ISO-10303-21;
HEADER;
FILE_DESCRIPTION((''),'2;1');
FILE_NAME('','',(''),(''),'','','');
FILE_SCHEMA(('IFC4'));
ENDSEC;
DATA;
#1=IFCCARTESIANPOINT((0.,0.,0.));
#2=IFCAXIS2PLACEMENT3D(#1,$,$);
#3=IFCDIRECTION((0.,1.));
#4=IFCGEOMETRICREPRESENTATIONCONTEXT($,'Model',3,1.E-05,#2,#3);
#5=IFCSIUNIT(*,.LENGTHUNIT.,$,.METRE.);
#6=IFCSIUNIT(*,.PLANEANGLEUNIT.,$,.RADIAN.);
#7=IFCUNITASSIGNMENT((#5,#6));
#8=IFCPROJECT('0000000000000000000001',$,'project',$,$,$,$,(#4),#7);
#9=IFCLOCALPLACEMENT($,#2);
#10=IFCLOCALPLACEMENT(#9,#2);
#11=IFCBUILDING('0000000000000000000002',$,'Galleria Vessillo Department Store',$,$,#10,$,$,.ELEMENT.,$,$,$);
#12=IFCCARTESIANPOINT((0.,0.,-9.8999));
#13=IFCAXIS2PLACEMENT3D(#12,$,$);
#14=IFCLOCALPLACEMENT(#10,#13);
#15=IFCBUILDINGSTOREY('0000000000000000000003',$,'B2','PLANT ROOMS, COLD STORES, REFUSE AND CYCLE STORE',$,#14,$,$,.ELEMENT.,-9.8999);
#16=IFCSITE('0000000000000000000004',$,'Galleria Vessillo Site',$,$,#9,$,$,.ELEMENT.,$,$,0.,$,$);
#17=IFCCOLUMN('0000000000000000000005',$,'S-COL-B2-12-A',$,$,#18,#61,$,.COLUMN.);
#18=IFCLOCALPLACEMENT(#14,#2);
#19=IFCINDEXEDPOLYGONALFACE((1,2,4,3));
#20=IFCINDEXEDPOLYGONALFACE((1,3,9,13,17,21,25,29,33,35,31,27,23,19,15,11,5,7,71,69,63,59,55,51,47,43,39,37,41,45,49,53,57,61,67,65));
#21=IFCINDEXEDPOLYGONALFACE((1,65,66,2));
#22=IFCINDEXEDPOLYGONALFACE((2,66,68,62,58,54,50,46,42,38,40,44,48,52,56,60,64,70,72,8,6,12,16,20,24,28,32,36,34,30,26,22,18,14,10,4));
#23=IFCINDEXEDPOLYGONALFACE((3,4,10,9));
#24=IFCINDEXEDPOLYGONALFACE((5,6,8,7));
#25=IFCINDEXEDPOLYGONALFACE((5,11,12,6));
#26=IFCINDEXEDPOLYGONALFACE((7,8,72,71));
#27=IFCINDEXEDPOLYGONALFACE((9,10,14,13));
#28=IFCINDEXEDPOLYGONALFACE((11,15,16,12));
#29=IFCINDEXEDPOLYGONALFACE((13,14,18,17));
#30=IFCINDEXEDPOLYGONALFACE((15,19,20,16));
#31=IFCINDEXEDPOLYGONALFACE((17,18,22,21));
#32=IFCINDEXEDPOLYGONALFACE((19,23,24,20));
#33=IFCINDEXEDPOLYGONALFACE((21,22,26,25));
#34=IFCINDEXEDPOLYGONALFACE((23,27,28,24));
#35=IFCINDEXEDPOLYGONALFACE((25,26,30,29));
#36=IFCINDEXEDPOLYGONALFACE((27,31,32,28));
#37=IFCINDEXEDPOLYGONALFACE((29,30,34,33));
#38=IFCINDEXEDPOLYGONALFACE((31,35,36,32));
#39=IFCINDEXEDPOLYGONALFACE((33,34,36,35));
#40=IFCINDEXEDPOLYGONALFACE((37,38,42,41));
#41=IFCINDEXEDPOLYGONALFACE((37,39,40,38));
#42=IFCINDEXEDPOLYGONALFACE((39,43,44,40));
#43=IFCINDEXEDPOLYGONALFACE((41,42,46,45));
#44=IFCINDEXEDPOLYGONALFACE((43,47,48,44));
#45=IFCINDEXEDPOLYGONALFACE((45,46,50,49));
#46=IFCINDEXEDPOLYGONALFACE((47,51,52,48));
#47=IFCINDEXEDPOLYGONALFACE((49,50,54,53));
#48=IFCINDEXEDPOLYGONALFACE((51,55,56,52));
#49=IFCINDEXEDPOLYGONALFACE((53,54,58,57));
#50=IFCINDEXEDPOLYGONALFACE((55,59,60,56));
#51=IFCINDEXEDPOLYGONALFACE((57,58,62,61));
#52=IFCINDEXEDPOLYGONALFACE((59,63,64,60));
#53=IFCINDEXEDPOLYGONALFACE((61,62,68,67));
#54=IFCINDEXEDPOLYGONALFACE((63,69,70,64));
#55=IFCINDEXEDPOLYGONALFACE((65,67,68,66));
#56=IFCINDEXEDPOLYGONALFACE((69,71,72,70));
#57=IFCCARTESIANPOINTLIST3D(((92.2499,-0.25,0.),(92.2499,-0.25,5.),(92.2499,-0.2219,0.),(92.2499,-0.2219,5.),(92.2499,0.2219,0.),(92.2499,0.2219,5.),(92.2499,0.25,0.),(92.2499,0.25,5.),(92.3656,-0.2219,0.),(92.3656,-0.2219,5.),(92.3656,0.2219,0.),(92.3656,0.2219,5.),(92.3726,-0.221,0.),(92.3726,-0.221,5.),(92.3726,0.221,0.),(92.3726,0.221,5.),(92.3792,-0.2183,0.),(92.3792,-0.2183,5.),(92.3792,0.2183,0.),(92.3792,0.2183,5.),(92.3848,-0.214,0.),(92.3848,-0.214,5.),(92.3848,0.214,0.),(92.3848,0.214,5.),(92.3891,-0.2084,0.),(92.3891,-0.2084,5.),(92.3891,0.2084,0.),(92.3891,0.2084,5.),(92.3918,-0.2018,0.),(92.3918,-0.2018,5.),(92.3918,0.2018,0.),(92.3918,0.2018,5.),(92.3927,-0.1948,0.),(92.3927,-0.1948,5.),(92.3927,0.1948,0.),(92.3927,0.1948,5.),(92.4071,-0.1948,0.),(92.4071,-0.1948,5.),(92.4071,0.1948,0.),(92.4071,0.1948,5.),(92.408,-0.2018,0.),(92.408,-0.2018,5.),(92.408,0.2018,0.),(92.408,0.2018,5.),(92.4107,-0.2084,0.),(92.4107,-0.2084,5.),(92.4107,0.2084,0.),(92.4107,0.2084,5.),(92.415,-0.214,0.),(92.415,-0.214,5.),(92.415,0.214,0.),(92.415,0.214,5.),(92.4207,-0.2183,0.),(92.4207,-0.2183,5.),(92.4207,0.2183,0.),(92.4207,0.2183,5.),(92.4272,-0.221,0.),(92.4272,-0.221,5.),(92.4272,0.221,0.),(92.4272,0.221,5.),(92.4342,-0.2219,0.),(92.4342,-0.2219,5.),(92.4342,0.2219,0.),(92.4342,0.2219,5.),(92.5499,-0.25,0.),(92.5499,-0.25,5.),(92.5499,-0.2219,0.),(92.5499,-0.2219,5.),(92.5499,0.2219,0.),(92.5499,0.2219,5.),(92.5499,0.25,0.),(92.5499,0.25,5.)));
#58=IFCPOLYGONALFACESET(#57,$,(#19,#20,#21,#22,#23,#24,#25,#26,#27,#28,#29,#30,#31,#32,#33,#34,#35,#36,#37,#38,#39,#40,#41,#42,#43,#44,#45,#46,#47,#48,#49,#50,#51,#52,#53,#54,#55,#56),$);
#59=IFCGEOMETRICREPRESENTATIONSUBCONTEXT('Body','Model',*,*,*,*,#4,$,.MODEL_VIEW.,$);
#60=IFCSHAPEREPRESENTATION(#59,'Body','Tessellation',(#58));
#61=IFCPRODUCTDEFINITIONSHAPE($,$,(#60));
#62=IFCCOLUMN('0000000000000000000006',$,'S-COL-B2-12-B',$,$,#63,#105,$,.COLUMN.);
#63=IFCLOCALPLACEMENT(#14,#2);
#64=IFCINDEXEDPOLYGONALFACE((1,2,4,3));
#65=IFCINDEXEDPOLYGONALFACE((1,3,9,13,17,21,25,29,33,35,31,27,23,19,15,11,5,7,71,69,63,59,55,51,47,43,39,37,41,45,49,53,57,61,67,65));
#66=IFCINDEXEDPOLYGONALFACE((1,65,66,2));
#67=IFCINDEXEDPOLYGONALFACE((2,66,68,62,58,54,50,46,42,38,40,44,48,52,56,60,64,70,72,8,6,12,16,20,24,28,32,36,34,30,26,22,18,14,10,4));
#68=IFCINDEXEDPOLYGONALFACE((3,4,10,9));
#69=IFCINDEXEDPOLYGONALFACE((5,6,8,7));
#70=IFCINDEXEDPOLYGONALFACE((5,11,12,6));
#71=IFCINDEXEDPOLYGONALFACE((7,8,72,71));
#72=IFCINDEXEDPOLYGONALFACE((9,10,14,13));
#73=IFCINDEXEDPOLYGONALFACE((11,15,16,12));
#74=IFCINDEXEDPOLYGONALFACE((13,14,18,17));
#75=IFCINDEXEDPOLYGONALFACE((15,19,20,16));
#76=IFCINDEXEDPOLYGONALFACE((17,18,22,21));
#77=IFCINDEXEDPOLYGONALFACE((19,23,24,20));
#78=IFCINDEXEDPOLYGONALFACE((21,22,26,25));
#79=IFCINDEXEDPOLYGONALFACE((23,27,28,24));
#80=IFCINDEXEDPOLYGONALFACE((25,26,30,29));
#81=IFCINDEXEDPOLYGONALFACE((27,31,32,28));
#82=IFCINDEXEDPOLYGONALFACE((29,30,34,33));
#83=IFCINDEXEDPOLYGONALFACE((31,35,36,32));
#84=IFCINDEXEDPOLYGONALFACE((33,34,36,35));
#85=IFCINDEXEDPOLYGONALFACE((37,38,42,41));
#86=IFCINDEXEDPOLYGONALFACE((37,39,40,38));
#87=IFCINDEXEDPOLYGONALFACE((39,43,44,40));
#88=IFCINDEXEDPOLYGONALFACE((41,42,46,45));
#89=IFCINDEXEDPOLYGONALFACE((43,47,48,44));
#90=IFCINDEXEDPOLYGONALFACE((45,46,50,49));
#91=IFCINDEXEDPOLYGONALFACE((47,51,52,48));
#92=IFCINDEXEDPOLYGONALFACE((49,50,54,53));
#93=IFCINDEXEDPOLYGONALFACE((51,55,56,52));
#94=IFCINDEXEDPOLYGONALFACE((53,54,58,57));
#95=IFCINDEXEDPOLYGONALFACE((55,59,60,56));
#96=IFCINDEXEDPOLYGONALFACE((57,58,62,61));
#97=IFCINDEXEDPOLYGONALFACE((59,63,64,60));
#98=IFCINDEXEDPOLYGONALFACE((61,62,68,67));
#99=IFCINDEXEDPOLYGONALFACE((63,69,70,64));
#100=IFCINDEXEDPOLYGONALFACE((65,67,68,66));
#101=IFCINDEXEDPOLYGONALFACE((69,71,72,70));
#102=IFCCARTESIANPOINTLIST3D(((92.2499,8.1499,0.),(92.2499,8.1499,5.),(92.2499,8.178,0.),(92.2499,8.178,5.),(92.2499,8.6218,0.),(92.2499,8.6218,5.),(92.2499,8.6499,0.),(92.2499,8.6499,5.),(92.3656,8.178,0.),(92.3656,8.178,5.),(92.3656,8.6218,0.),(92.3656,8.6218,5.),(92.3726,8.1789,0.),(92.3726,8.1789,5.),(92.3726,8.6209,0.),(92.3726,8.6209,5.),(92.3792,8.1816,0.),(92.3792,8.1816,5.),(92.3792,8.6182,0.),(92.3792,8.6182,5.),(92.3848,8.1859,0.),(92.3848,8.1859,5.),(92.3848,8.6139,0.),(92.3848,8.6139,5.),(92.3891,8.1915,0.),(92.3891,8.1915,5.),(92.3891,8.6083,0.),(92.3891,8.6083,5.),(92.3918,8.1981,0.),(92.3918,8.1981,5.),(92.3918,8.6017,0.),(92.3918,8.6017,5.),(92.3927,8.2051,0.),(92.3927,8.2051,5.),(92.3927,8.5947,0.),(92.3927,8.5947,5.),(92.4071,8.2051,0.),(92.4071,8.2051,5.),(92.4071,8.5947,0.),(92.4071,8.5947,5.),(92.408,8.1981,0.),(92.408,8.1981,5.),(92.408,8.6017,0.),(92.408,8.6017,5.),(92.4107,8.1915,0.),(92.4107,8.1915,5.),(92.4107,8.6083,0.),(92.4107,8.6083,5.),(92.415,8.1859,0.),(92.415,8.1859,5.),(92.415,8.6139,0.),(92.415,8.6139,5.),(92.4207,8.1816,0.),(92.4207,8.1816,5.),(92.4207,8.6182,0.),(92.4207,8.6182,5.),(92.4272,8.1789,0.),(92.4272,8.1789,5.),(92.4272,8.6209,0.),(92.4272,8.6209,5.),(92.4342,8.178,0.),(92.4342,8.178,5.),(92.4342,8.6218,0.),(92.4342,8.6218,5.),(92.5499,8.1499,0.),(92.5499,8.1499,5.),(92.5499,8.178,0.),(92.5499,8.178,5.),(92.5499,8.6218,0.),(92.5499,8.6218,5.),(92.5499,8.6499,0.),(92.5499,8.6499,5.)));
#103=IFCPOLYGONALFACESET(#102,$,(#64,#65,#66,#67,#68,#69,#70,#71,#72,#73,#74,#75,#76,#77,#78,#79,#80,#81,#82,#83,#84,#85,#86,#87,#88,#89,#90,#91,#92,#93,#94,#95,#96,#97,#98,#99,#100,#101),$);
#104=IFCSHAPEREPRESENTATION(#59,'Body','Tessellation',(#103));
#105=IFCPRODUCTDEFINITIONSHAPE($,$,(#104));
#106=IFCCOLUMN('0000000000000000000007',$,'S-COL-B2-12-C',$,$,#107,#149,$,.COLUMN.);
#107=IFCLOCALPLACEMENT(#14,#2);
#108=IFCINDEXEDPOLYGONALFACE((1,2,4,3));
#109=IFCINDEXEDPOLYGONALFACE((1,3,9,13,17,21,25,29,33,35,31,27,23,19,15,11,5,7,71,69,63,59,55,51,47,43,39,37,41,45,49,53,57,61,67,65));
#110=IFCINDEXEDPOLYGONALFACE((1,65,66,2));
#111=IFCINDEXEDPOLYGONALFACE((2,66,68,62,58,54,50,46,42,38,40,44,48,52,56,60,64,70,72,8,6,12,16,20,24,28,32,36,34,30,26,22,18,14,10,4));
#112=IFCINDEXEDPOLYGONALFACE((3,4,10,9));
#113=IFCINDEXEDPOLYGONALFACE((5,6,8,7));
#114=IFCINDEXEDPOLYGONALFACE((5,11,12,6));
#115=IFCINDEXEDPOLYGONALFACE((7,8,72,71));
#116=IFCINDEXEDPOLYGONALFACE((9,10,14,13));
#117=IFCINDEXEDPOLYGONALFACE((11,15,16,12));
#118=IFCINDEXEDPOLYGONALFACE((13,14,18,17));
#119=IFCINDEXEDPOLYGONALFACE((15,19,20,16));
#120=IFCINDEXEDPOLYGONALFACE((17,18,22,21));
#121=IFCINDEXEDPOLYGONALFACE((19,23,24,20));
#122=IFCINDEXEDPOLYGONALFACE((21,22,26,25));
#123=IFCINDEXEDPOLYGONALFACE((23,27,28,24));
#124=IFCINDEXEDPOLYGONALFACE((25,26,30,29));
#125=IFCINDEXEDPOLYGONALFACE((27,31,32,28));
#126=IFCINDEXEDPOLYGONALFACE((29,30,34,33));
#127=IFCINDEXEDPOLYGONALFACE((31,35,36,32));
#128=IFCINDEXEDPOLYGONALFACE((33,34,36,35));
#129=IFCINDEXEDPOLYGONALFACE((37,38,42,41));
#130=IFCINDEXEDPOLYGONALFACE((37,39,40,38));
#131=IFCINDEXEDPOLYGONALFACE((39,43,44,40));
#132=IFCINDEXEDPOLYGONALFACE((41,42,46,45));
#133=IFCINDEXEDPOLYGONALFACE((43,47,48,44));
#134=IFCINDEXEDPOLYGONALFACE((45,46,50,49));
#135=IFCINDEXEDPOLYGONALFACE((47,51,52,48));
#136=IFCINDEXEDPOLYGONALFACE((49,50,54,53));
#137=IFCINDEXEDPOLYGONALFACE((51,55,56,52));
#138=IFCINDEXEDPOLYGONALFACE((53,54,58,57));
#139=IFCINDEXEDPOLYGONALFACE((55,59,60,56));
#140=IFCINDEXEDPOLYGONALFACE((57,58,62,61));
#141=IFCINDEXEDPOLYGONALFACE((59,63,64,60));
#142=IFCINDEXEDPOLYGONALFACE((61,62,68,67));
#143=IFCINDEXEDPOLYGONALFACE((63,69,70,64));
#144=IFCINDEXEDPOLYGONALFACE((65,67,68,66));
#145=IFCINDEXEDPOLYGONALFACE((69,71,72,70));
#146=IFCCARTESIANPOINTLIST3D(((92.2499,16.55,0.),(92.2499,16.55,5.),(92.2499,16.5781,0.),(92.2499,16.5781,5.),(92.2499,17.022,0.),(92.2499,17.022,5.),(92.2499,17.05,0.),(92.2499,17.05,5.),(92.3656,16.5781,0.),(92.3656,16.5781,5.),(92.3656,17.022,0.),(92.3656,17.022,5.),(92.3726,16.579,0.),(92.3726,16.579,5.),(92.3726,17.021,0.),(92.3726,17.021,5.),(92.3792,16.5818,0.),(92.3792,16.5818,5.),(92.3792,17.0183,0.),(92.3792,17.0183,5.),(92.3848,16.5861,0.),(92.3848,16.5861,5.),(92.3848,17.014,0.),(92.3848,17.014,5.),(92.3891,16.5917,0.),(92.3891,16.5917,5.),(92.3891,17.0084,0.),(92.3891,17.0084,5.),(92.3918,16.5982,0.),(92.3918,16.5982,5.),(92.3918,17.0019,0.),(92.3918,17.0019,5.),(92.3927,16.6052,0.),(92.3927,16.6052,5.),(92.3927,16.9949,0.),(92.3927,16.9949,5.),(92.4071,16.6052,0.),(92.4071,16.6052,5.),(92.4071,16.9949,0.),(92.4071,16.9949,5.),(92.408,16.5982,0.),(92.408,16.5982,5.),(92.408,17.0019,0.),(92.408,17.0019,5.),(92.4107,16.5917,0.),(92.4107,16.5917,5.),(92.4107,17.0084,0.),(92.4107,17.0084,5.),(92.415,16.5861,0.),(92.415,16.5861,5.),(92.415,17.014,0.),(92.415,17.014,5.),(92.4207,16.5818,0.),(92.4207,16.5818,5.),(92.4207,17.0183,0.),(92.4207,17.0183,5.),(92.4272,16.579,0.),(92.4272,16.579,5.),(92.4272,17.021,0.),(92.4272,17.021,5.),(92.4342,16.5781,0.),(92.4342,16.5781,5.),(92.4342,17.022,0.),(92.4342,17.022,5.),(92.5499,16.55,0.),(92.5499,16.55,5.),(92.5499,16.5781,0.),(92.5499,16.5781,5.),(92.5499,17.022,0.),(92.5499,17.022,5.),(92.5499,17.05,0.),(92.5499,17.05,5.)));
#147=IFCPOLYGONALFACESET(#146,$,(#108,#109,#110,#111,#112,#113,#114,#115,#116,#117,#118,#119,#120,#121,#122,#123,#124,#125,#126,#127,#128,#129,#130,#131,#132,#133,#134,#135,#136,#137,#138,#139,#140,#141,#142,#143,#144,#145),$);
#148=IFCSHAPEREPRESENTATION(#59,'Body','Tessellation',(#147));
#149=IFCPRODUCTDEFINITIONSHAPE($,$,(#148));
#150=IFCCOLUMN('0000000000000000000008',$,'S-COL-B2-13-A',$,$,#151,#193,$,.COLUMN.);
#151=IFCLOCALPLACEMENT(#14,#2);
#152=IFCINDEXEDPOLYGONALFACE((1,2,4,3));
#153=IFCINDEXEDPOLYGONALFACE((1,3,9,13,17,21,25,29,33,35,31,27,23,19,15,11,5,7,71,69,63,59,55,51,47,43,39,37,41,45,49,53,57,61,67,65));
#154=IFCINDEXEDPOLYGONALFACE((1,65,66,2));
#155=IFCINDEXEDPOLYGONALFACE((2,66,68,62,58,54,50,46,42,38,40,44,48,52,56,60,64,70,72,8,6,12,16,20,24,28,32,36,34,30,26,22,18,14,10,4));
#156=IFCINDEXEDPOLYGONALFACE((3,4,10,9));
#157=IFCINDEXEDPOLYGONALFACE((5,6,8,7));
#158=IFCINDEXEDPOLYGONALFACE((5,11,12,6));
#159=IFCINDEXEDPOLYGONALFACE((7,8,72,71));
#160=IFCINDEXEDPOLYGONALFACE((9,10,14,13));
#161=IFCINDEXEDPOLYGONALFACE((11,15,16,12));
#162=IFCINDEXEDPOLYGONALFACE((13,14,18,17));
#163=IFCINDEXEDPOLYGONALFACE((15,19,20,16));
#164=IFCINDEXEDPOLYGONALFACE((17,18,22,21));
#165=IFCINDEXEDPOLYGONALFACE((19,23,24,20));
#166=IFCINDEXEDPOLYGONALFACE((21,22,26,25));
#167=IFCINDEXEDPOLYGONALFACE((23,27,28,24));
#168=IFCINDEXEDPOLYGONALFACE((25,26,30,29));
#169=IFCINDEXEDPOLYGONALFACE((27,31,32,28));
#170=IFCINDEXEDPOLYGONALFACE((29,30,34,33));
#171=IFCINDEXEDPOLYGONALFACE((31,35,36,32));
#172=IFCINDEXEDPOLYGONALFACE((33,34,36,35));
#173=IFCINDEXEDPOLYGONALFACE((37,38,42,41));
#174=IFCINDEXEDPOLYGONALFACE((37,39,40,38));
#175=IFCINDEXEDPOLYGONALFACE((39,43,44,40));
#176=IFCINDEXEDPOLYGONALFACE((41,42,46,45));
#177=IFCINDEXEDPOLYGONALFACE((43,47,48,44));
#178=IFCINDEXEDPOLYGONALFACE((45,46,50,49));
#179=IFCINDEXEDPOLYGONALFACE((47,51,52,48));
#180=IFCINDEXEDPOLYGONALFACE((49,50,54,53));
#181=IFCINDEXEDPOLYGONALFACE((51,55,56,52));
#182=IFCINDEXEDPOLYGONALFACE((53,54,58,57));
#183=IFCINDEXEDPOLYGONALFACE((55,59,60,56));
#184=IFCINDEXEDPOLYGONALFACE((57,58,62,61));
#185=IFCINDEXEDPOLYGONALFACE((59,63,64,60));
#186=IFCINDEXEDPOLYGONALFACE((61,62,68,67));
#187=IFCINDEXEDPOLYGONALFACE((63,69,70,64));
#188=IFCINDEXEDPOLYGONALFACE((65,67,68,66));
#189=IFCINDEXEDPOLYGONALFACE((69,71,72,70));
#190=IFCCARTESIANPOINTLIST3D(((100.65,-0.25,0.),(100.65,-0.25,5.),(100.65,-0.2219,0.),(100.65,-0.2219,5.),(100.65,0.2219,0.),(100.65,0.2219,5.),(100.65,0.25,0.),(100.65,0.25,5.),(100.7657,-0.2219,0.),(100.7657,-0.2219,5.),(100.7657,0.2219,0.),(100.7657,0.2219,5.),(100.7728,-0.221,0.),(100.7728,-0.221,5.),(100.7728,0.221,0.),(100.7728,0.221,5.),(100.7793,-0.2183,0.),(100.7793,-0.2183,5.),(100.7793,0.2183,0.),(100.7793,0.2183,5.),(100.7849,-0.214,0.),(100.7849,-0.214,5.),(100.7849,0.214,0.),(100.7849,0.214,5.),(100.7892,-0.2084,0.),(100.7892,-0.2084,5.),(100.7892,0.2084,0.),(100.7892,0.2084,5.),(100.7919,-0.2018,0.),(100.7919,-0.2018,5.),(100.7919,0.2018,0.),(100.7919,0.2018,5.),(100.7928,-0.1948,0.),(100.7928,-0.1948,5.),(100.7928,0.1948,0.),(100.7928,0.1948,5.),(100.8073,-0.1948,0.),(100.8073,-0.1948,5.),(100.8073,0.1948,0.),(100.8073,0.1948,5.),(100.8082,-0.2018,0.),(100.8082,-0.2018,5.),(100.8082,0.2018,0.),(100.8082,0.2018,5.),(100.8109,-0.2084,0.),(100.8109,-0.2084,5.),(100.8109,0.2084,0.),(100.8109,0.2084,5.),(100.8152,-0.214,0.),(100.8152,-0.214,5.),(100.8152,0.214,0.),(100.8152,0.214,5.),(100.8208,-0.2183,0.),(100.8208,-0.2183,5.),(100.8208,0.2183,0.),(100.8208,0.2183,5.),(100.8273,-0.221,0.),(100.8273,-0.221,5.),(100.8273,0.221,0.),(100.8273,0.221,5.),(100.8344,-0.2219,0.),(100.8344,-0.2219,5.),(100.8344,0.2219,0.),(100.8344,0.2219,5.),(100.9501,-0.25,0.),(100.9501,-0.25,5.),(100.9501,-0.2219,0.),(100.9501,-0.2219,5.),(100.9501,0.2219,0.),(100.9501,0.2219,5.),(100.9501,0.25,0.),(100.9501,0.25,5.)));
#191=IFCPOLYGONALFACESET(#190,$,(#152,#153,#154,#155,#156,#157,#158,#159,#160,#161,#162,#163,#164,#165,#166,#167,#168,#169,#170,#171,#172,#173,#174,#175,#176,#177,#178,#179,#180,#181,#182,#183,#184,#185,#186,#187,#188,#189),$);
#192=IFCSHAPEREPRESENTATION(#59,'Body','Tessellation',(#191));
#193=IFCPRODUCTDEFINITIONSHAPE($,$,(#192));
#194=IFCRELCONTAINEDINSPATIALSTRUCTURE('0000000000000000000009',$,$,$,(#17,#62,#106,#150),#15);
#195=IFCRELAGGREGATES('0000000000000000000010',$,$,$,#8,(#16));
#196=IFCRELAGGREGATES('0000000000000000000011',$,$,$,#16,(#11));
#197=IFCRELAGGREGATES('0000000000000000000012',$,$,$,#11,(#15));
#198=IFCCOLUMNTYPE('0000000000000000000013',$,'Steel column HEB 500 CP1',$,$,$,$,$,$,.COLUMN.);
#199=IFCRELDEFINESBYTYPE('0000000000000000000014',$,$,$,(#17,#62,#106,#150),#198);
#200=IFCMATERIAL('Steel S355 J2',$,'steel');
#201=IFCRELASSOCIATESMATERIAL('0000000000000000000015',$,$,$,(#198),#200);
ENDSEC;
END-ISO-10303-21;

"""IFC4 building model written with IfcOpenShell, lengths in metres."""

from ifc_helpers import new_model, si_unit, direction, frame, origin, origin_2d, place, context, subcontext, project, spatial, i_section, extrude, material, material_profile, profile_set, type_object, element, save


model = new_model("IFC4")

# Units and contexts
model_context = context("Model", 3, precision=1e-05, world=origin(), true_north=direction((0.0, 1.0)))
body_context = subcontext(model_context, "Body", "Model", "MODEL_VIEW")
ifc_project = project(units=[si_unit("LENGTHUNIT", "METRE"), si_unit("PLANEANGLEUNIT", "RADIAN")], contexts=[model_context])

# Site, building, storey
site_placement = place(None, origin())
site = spatial("IfcSite", under=ifc_project, at=site_placement, Name="Galleria Vessillo Site", CompositionType="ELEMENT", RefElevation=0.0)
building_placement = place(site_placement, origin())
building = spatial("IfcBuilding", under=site, at=building_placement, Name="Galleria Vessillo Department Store", CompositionType="ELEMENT")
storey_placement = place(building_placement, frame((0.0, 0.0, -9.8999)))
storey = spatial("IfcBuildingStorey", under=building, at=storey_placement, Name="B2", Description="PLANT ROOMS, COLD STORES, REFUSE AND CYCLE STORE", CompositionType="ELEMENT", Elevation=-9.8999)

# Columns
ifc_material_1 = material(Name="Steel S355 J2", Category="steel")
ifc_material_profile_1 = material_profile(ifc_material_1, i_section(OverallWidth=0.3, OverallDepth=0.5, WebThickness=0.0144, FlangeThickness=0.0281, FilletRadius=0.0271, at=origin_2d()), Name="HEB 500")
ifc_profile_set_1 = profile_set([ifc_material_profile_1], Name="Steel S355 J2")
column_type = type_object("IfcColumnType", Name="Steel column HEB 500 CP1", PredefinedType="COLUMN", material=ifc_profile_set_1)
for number, where, z_axis, x_axis, name in (
    (1, (92.3999, 0.0, 0.0), (0.0, 0.0, 1.0), (1.0, 0.0, 0.0), "S-COL-B2-12-A"),
    (2, (92.3999, 8.3999, 0.0), (0.0, 0.0, 1.0), (1.0, 0.0, 0.0), "S-COL-B2-12-B"),
    (3, (92.3999, 16.8, 0.0), (0.0, 0.0, 1.0), (1.0, 0.0, 0.0), "S-COL-B2-12-C"),
    (4, (100.8, 0.0, 0.0), (0.0, 0.0, 1.0), (1.0, 0.0, 0.0), "S-COL-B2-13-A"),
):
    element("IfcColumn", number, at=place(storey_placement, frame(where, z_axis=z_axis, x_axis=x_axis)), inside=storey, type_object=column_type, Name=name, PredefinedType="COLUMN", context=body_context, shape_type="SweptSolid", body=[
        extrude(i_section(OverallWidth=0.3, OverallDepth=0.5, WebThickness=0.0144, FlangeThickness=0.0281, FilletRadius=0.0271, at=origin_2d()), origin(), (0.0, 0.0, 1.0), 5.0),
    ])

save(model, "model.ifc")
